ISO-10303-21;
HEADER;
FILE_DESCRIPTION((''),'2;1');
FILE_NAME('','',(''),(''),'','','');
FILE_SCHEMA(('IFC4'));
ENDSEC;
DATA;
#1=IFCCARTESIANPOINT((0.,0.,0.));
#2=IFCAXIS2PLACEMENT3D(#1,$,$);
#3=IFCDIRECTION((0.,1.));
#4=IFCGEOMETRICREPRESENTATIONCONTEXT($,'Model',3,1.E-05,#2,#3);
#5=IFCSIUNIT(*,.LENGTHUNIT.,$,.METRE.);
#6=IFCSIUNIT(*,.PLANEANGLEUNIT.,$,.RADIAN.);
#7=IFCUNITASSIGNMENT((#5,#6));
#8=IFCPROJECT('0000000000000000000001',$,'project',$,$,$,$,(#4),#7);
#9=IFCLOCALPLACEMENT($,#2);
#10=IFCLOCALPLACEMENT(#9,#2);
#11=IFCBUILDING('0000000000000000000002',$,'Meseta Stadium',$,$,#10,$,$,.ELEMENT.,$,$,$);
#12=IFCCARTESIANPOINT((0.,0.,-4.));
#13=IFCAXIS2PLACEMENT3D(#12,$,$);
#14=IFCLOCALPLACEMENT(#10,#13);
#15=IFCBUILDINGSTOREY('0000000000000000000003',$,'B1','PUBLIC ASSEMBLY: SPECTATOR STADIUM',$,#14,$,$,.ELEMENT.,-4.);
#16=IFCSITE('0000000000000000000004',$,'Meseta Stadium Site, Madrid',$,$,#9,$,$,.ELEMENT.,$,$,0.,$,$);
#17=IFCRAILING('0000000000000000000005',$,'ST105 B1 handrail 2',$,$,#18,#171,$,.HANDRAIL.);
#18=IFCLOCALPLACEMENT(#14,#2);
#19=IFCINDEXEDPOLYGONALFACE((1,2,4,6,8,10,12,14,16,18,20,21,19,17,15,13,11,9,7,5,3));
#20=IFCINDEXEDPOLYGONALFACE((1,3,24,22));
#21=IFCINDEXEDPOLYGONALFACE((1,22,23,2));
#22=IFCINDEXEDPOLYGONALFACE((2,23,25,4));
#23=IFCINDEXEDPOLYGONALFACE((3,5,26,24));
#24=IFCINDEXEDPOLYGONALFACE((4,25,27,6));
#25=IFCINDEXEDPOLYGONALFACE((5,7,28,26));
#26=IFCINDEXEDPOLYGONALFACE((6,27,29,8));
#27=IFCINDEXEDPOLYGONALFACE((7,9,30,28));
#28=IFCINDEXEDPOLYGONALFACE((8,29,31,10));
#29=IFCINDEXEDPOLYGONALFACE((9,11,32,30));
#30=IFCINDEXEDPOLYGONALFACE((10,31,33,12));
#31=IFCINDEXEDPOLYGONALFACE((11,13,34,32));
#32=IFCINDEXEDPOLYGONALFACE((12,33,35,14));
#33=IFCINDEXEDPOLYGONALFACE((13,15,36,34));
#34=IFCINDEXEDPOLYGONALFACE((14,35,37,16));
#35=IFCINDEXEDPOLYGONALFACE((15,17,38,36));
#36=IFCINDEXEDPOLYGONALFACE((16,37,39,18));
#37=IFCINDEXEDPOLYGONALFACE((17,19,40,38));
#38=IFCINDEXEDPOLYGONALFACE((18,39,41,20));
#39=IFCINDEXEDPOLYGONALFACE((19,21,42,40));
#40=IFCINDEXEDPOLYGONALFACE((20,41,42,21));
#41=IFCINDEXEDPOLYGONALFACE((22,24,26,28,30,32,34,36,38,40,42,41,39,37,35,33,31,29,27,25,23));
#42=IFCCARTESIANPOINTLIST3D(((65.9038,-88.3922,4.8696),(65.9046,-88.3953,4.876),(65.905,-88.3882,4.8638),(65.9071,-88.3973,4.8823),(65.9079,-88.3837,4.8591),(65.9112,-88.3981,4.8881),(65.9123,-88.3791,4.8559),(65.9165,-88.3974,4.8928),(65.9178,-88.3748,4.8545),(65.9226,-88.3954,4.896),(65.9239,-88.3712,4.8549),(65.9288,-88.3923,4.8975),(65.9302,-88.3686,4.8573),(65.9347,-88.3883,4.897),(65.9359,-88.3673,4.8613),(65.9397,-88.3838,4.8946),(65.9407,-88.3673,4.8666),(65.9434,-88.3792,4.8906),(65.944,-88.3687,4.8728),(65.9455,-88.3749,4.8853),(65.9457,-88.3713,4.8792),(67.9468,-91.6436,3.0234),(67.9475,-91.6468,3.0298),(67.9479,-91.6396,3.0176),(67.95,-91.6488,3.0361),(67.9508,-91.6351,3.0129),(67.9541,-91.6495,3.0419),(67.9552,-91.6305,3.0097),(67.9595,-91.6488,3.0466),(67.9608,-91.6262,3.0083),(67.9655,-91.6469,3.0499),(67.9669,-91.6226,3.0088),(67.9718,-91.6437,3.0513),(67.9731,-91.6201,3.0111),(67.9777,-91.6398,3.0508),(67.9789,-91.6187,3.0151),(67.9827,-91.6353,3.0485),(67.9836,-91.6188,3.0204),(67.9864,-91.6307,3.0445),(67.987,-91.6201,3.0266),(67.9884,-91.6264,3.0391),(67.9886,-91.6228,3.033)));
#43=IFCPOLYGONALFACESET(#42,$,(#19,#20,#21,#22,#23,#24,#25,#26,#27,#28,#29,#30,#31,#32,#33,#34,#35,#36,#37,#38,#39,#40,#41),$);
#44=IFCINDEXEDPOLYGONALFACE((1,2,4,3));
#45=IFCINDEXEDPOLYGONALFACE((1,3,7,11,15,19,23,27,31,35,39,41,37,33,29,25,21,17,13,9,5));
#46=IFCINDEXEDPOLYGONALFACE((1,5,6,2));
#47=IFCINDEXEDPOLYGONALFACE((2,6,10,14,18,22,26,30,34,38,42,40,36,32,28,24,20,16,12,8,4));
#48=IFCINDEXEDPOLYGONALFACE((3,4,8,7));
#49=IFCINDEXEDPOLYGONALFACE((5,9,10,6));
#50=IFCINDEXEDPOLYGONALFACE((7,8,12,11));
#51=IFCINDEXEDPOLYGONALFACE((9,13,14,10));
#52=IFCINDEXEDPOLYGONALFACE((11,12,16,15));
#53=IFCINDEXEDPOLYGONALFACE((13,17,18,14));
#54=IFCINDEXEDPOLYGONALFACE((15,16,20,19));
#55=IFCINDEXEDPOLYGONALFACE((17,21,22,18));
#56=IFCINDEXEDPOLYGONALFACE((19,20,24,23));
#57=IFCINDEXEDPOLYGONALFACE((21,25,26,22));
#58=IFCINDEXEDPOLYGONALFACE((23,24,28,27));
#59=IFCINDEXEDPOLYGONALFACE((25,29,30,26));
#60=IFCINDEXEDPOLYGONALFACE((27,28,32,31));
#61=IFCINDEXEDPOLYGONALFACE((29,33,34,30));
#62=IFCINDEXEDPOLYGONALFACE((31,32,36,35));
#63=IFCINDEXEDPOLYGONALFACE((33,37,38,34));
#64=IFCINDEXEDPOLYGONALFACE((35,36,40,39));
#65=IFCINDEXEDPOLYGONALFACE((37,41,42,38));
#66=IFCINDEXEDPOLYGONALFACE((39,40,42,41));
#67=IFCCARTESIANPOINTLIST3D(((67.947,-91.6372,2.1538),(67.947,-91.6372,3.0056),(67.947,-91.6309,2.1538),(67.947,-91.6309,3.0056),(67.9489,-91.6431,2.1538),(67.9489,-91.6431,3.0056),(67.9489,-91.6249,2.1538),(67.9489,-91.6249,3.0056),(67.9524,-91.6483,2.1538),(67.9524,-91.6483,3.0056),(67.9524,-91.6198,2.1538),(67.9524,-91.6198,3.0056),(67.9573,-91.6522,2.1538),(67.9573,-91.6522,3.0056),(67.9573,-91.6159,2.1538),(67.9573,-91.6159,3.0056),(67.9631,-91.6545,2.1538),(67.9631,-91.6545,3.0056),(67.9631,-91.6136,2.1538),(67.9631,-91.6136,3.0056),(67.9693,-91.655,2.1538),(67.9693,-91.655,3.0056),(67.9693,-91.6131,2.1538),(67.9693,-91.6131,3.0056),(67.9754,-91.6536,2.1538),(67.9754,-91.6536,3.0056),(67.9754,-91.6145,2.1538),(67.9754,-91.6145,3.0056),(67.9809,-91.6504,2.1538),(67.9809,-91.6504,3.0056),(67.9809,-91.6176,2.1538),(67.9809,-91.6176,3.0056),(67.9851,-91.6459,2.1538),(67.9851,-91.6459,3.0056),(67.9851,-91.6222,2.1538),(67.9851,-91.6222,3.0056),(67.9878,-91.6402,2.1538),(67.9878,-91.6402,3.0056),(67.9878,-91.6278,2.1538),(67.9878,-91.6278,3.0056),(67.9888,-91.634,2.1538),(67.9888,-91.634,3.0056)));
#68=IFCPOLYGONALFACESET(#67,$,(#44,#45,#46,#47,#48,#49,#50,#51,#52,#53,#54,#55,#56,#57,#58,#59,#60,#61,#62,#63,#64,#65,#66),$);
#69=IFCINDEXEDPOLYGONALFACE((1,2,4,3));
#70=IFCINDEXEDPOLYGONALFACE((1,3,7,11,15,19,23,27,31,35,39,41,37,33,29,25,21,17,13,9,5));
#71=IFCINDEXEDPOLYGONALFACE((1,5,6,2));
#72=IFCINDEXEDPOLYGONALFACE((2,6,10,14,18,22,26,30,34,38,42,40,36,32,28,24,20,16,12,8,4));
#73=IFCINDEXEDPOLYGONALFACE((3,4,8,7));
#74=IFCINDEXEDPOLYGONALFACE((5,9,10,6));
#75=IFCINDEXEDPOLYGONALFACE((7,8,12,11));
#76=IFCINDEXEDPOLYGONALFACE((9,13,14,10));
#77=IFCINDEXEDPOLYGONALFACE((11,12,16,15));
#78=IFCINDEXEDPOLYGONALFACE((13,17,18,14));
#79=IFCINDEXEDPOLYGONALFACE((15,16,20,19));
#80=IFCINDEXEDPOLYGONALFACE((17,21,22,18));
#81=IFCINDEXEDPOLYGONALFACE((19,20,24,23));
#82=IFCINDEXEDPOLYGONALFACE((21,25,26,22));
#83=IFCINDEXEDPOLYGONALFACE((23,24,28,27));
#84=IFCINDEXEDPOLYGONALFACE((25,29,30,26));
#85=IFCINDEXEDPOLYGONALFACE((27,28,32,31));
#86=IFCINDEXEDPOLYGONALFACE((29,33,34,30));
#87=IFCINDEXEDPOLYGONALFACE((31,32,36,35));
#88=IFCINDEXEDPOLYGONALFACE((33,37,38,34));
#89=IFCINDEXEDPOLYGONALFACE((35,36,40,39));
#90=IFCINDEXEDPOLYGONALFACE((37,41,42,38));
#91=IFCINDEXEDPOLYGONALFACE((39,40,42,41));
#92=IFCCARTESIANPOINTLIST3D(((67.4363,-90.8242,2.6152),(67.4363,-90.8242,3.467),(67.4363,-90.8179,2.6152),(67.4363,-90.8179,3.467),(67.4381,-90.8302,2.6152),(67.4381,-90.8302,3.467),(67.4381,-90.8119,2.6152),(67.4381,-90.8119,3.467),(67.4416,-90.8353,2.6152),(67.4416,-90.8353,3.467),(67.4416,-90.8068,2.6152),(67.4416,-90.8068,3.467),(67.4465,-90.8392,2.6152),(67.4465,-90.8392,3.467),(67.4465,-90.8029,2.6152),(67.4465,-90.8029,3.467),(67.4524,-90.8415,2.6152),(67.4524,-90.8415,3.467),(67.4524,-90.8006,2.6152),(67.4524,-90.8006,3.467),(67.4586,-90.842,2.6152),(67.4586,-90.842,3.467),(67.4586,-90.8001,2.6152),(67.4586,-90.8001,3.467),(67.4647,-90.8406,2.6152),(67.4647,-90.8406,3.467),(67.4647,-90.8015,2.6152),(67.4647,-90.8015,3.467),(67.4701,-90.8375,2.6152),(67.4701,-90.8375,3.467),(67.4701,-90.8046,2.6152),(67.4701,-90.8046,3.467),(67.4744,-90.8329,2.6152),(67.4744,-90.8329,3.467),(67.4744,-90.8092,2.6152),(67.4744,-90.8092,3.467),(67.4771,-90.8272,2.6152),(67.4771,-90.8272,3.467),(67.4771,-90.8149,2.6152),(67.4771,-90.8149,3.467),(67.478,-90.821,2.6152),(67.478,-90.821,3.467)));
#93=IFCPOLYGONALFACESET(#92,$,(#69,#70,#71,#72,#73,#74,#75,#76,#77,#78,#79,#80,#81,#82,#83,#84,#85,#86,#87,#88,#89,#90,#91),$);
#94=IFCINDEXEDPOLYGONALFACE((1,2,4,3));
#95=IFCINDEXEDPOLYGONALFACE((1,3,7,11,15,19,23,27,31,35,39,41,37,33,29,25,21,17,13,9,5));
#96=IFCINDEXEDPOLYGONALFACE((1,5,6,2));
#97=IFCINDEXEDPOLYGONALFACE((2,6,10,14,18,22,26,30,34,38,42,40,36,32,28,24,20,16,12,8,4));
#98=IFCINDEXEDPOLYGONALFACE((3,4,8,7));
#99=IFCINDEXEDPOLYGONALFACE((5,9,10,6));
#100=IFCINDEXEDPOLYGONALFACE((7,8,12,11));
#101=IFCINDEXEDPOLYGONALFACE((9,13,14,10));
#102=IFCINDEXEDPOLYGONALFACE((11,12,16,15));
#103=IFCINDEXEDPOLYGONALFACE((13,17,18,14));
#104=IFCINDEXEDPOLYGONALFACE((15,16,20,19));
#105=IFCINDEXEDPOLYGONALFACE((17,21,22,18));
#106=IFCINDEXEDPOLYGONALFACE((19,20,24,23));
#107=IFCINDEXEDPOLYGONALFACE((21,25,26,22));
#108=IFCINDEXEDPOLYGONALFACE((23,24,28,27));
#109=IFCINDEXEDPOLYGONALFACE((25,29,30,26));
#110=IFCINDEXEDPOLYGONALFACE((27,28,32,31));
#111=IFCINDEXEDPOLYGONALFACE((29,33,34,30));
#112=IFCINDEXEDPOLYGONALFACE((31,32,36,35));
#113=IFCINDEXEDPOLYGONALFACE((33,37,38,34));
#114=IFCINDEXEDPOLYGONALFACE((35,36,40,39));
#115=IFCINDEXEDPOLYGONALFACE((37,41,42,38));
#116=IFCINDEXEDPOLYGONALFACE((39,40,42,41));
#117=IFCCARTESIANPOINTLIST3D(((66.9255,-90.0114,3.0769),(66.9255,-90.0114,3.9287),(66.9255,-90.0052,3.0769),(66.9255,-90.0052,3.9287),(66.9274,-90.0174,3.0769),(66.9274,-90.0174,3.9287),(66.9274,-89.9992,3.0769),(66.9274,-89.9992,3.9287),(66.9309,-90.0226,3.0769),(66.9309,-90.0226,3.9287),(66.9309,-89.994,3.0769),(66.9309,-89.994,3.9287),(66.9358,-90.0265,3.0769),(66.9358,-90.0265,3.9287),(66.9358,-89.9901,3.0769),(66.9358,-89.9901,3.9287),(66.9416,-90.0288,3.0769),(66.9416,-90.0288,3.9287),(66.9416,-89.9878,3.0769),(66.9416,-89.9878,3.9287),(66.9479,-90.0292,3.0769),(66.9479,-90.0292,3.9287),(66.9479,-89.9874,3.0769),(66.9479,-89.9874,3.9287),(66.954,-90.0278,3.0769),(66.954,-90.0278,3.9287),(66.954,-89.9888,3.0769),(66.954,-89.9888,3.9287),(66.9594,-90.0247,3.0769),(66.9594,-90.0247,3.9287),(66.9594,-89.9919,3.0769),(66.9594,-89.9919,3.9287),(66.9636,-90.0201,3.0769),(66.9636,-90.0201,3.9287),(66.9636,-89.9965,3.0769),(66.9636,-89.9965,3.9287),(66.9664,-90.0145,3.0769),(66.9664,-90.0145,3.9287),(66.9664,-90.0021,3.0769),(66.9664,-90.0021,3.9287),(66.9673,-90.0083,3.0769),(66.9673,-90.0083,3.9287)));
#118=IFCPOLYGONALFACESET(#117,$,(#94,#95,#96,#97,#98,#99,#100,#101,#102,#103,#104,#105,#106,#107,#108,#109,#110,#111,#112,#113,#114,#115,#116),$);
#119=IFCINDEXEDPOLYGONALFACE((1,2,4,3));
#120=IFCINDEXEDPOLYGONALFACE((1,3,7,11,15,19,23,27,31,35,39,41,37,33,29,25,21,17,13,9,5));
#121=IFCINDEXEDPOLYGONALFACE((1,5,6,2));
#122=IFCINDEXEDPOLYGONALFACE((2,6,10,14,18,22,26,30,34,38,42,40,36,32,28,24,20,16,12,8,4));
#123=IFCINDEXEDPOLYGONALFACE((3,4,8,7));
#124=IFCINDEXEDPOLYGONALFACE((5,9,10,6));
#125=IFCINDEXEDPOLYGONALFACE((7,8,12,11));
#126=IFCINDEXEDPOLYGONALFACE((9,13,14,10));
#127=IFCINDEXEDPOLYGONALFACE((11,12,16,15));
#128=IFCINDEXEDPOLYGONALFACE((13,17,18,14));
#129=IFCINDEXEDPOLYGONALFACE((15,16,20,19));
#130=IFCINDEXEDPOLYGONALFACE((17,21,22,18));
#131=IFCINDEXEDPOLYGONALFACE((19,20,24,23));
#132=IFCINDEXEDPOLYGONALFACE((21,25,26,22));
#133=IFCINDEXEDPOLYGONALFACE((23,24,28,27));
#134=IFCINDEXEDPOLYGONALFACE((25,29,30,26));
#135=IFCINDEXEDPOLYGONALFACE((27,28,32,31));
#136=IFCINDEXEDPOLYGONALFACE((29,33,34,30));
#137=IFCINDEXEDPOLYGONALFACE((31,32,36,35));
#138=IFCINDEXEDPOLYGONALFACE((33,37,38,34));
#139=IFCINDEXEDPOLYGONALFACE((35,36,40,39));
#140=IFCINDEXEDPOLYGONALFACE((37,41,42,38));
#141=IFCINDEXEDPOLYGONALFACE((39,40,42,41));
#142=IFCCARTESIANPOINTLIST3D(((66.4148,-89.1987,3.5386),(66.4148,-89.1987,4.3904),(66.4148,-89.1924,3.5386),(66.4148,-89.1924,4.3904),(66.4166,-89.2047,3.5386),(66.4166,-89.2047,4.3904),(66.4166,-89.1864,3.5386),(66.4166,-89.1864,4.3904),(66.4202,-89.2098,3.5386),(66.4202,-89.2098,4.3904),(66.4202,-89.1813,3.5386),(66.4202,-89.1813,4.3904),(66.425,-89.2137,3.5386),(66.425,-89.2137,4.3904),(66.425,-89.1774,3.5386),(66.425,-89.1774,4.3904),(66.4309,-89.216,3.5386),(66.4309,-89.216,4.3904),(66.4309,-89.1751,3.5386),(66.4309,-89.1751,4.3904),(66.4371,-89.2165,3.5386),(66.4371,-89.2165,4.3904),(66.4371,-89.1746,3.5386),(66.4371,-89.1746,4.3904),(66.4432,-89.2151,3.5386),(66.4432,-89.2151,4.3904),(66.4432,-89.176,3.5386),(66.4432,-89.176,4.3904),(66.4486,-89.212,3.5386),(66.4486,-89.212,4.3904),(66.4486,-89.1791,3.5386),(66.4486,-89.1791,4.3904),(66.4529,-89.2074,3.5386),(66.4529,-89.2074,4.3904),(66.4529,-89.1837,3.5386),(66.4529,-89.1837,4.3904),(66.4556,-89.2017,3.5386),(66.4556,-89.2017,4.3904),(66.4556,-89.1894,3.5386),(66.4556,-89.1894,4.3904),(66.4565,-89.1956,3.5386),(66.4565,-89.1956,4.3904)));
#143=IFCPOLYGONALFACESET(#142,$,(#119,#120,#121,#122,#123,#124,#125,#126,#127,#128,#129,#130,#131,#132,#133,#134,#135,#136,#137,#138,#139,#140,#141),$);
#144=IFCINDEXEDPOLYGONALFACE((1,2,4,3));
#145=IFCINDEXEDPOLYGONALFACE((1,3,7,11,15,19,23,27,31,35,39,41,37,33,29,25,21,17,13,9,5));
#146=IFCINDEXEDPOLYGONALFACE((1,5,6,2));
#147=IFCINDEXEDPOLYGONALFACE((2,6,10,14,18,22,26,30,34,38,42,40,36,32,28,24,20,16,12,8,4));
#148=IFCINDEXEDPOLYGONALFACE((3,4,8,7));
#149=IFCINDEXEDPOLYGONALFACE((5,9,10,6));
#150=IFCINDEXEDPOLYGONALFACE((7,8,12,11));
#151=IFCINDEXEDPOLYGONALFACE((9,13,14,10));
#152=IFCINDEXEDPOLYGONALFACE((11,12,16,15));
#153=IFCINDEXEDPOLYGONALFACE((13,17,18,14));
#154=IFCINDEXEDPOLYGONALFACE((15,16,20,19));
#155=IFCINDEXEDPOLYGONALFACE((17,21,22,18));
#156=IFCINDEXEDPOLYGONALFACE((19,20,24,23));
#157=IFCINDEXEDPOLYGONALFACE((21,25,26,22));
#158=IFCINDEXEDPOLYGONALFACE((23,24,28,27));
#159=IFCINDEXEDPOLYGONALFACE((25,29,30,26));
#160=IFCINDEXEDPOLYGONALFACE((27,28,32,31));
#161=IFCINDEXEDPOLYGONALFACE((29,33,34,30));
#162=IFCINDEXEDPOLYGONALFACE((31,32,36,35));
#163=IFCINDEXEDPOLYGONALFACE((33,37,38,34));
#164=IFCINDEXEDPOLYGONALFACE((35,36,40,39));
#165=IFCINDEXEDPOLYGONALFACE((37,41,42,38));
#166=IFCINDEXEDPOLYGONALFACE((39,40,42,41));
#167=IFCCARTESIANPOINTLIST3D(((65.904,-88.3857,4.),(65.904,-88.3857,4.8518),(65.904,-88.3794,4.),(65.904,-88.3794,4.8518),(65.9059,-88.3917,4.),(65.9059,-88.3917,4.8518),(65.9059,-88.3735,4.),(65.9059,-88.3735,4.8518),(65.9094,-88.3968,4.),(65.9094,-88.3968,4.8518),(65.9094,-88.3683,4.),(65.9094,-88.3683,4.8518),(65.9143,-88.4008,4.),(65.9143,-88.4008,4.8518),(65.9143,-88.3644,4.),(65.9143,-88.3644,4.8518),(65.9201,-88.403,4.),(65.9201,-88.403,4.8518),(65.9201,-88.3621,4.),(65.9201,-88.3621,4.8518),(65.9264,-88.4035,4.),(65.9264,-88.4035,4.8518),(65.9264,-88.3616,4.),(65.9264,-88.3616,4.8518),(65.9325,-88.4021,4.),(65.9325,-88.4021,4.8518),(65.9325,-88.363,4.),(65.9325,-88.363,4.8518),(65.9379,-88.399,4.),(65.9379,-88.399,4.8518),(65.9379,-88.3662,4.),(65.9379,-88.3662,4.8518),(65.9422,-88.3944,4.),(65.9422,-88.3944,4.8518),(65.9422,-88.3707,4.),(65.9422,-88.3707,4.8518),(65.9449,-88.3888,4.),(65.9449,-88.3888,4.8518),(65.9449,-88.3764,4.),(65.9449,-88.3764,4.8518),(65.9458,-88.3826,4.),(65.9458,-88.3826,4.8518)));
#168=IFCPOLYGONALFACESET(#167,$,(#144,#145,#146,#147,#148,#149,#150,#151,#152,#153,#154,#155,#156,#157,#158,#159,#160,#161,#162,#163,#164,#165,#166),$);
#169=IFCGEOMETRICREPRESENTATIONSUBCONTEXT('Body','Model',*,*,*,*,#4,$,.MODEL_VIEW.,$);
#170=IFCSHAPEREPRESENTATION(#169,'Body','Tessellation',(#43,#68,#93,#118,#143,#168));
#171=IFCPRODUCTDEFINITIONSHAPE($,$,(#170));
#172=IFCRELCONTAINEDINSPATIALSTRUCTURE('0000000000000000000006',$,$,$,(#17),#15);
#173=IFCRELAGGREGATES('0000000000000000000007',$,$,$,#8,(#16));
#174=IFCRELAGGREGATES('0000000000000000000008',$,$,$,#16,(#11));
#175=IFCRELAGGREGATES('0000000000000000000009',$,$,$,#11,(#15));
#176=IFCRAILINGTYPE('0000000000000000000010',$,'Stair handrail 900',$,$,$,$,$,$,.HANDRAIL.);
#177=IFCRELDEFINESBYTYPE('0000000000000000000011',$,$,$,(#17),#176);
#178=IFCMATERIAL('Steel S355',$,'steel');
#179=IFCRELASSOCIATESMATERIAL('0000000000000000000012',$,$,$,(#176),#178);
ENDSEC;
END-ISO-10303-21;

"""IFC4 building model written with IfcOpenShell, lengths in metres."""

from ifc_helpers import new_model, si_unit, direction, frame, origin, origin_2d, place, context, subcontext, project, spatial, circle, extrude, material, type_object, element, save


model = new_model("IFC4")

# Units and contexts
model_context = context("Model", 3, precision=1e-05, world=origin(), true_north=direction((0.0, 1.0)))
body_context = subcontext(model_context, "Body", "Model", "MODEL_VIEW")
ifc_project = project(units=[si_unit("LENGTHUNIT", "METRE"), si_unit("PLANEANGLEUNIT", "RADIAN")], contexts=[model_context])

# Site, building, storey
site_placement = place(None, origin())
site = spatial("IfcSite", under=ifc_project, at=site_placement, Name="Meseta Stadium Site, Madrid", CompositionType="ELEMENT", RefElevation=0.0)
building_placement = place(site_placement, origin())
building = spatial("IfcBuilding", under=site, at=building_placement, Name="Meseta Stadium", CompositionType="ELEMENT")
storey_placement = place(building_placement, frame((0.0, 0.0, -4.0)))
storey = spatial("IfcBuildingStorey", under=building, at=storey_placement, Name="B1", Description="PUBLIC ASSEMBLY: SPECTATOR STADIUM", CompositionType="ELEMENT", Elevation=-4.0)

# Railing
ifc_material_1 = material(Name="Steel S355", Category="steel")
railing_type_1 = type_object("IfcRailingType", Name="Stair handrail 900", PredefinedType="HANDRAIL", material=ifc_material_1)
railing_1_placement = place(storey_placement, frame((67.9678, -91.634, 2.1538)))
element("IfcRailing", 1, at=railing_1_placement, inside=storey, type_object=railing_type_1, Name="ST105 B1 handrail 2", PredefinedType="HANDRAIL", context=body_context, shape_type="SweptSolid", body=[
    extrude(circle(Radius=0.0239, at=origin_2d()), frame((0.0, 0.0, 0.876), z_axis=(-0.479483, 0.763117, 0.4333), x_axis=(-0.846731, -0.53202, 0.0)), (0.0, 0.0, 1.0), 4.2607),
    extrude(circle(Radius=0.021, at=origin_2d()), origin(), (0.0, 0.0, 1.0), 0.8518),
    extrude(circle(Radius=0.021, at=origin_2d()), frame((-0.5107, 0.813, 0.4614)), (0.0, 0.0, 1.0), 0.8518),
    extrude(circle(Radius=0.021, at=origin_2d()), frame((-1.0215, 1.6257, 0.9231)), (0.0, 0.0, 1.0), 0.8518),
    extrude(circle(Radius=0.021, at=origin_2d()), frame((-1.5322, 2.4385, 1.3848)), (0.0, 0.0, 1.0), 0.8518),
    extrude(circle(Radius=0.021, at=origin_2d()), frame((-2.043, 3.2515, 1.8462)), (0.0, 0.0, 1.0), 0.8518),
])

save(model, "model.ifc")
